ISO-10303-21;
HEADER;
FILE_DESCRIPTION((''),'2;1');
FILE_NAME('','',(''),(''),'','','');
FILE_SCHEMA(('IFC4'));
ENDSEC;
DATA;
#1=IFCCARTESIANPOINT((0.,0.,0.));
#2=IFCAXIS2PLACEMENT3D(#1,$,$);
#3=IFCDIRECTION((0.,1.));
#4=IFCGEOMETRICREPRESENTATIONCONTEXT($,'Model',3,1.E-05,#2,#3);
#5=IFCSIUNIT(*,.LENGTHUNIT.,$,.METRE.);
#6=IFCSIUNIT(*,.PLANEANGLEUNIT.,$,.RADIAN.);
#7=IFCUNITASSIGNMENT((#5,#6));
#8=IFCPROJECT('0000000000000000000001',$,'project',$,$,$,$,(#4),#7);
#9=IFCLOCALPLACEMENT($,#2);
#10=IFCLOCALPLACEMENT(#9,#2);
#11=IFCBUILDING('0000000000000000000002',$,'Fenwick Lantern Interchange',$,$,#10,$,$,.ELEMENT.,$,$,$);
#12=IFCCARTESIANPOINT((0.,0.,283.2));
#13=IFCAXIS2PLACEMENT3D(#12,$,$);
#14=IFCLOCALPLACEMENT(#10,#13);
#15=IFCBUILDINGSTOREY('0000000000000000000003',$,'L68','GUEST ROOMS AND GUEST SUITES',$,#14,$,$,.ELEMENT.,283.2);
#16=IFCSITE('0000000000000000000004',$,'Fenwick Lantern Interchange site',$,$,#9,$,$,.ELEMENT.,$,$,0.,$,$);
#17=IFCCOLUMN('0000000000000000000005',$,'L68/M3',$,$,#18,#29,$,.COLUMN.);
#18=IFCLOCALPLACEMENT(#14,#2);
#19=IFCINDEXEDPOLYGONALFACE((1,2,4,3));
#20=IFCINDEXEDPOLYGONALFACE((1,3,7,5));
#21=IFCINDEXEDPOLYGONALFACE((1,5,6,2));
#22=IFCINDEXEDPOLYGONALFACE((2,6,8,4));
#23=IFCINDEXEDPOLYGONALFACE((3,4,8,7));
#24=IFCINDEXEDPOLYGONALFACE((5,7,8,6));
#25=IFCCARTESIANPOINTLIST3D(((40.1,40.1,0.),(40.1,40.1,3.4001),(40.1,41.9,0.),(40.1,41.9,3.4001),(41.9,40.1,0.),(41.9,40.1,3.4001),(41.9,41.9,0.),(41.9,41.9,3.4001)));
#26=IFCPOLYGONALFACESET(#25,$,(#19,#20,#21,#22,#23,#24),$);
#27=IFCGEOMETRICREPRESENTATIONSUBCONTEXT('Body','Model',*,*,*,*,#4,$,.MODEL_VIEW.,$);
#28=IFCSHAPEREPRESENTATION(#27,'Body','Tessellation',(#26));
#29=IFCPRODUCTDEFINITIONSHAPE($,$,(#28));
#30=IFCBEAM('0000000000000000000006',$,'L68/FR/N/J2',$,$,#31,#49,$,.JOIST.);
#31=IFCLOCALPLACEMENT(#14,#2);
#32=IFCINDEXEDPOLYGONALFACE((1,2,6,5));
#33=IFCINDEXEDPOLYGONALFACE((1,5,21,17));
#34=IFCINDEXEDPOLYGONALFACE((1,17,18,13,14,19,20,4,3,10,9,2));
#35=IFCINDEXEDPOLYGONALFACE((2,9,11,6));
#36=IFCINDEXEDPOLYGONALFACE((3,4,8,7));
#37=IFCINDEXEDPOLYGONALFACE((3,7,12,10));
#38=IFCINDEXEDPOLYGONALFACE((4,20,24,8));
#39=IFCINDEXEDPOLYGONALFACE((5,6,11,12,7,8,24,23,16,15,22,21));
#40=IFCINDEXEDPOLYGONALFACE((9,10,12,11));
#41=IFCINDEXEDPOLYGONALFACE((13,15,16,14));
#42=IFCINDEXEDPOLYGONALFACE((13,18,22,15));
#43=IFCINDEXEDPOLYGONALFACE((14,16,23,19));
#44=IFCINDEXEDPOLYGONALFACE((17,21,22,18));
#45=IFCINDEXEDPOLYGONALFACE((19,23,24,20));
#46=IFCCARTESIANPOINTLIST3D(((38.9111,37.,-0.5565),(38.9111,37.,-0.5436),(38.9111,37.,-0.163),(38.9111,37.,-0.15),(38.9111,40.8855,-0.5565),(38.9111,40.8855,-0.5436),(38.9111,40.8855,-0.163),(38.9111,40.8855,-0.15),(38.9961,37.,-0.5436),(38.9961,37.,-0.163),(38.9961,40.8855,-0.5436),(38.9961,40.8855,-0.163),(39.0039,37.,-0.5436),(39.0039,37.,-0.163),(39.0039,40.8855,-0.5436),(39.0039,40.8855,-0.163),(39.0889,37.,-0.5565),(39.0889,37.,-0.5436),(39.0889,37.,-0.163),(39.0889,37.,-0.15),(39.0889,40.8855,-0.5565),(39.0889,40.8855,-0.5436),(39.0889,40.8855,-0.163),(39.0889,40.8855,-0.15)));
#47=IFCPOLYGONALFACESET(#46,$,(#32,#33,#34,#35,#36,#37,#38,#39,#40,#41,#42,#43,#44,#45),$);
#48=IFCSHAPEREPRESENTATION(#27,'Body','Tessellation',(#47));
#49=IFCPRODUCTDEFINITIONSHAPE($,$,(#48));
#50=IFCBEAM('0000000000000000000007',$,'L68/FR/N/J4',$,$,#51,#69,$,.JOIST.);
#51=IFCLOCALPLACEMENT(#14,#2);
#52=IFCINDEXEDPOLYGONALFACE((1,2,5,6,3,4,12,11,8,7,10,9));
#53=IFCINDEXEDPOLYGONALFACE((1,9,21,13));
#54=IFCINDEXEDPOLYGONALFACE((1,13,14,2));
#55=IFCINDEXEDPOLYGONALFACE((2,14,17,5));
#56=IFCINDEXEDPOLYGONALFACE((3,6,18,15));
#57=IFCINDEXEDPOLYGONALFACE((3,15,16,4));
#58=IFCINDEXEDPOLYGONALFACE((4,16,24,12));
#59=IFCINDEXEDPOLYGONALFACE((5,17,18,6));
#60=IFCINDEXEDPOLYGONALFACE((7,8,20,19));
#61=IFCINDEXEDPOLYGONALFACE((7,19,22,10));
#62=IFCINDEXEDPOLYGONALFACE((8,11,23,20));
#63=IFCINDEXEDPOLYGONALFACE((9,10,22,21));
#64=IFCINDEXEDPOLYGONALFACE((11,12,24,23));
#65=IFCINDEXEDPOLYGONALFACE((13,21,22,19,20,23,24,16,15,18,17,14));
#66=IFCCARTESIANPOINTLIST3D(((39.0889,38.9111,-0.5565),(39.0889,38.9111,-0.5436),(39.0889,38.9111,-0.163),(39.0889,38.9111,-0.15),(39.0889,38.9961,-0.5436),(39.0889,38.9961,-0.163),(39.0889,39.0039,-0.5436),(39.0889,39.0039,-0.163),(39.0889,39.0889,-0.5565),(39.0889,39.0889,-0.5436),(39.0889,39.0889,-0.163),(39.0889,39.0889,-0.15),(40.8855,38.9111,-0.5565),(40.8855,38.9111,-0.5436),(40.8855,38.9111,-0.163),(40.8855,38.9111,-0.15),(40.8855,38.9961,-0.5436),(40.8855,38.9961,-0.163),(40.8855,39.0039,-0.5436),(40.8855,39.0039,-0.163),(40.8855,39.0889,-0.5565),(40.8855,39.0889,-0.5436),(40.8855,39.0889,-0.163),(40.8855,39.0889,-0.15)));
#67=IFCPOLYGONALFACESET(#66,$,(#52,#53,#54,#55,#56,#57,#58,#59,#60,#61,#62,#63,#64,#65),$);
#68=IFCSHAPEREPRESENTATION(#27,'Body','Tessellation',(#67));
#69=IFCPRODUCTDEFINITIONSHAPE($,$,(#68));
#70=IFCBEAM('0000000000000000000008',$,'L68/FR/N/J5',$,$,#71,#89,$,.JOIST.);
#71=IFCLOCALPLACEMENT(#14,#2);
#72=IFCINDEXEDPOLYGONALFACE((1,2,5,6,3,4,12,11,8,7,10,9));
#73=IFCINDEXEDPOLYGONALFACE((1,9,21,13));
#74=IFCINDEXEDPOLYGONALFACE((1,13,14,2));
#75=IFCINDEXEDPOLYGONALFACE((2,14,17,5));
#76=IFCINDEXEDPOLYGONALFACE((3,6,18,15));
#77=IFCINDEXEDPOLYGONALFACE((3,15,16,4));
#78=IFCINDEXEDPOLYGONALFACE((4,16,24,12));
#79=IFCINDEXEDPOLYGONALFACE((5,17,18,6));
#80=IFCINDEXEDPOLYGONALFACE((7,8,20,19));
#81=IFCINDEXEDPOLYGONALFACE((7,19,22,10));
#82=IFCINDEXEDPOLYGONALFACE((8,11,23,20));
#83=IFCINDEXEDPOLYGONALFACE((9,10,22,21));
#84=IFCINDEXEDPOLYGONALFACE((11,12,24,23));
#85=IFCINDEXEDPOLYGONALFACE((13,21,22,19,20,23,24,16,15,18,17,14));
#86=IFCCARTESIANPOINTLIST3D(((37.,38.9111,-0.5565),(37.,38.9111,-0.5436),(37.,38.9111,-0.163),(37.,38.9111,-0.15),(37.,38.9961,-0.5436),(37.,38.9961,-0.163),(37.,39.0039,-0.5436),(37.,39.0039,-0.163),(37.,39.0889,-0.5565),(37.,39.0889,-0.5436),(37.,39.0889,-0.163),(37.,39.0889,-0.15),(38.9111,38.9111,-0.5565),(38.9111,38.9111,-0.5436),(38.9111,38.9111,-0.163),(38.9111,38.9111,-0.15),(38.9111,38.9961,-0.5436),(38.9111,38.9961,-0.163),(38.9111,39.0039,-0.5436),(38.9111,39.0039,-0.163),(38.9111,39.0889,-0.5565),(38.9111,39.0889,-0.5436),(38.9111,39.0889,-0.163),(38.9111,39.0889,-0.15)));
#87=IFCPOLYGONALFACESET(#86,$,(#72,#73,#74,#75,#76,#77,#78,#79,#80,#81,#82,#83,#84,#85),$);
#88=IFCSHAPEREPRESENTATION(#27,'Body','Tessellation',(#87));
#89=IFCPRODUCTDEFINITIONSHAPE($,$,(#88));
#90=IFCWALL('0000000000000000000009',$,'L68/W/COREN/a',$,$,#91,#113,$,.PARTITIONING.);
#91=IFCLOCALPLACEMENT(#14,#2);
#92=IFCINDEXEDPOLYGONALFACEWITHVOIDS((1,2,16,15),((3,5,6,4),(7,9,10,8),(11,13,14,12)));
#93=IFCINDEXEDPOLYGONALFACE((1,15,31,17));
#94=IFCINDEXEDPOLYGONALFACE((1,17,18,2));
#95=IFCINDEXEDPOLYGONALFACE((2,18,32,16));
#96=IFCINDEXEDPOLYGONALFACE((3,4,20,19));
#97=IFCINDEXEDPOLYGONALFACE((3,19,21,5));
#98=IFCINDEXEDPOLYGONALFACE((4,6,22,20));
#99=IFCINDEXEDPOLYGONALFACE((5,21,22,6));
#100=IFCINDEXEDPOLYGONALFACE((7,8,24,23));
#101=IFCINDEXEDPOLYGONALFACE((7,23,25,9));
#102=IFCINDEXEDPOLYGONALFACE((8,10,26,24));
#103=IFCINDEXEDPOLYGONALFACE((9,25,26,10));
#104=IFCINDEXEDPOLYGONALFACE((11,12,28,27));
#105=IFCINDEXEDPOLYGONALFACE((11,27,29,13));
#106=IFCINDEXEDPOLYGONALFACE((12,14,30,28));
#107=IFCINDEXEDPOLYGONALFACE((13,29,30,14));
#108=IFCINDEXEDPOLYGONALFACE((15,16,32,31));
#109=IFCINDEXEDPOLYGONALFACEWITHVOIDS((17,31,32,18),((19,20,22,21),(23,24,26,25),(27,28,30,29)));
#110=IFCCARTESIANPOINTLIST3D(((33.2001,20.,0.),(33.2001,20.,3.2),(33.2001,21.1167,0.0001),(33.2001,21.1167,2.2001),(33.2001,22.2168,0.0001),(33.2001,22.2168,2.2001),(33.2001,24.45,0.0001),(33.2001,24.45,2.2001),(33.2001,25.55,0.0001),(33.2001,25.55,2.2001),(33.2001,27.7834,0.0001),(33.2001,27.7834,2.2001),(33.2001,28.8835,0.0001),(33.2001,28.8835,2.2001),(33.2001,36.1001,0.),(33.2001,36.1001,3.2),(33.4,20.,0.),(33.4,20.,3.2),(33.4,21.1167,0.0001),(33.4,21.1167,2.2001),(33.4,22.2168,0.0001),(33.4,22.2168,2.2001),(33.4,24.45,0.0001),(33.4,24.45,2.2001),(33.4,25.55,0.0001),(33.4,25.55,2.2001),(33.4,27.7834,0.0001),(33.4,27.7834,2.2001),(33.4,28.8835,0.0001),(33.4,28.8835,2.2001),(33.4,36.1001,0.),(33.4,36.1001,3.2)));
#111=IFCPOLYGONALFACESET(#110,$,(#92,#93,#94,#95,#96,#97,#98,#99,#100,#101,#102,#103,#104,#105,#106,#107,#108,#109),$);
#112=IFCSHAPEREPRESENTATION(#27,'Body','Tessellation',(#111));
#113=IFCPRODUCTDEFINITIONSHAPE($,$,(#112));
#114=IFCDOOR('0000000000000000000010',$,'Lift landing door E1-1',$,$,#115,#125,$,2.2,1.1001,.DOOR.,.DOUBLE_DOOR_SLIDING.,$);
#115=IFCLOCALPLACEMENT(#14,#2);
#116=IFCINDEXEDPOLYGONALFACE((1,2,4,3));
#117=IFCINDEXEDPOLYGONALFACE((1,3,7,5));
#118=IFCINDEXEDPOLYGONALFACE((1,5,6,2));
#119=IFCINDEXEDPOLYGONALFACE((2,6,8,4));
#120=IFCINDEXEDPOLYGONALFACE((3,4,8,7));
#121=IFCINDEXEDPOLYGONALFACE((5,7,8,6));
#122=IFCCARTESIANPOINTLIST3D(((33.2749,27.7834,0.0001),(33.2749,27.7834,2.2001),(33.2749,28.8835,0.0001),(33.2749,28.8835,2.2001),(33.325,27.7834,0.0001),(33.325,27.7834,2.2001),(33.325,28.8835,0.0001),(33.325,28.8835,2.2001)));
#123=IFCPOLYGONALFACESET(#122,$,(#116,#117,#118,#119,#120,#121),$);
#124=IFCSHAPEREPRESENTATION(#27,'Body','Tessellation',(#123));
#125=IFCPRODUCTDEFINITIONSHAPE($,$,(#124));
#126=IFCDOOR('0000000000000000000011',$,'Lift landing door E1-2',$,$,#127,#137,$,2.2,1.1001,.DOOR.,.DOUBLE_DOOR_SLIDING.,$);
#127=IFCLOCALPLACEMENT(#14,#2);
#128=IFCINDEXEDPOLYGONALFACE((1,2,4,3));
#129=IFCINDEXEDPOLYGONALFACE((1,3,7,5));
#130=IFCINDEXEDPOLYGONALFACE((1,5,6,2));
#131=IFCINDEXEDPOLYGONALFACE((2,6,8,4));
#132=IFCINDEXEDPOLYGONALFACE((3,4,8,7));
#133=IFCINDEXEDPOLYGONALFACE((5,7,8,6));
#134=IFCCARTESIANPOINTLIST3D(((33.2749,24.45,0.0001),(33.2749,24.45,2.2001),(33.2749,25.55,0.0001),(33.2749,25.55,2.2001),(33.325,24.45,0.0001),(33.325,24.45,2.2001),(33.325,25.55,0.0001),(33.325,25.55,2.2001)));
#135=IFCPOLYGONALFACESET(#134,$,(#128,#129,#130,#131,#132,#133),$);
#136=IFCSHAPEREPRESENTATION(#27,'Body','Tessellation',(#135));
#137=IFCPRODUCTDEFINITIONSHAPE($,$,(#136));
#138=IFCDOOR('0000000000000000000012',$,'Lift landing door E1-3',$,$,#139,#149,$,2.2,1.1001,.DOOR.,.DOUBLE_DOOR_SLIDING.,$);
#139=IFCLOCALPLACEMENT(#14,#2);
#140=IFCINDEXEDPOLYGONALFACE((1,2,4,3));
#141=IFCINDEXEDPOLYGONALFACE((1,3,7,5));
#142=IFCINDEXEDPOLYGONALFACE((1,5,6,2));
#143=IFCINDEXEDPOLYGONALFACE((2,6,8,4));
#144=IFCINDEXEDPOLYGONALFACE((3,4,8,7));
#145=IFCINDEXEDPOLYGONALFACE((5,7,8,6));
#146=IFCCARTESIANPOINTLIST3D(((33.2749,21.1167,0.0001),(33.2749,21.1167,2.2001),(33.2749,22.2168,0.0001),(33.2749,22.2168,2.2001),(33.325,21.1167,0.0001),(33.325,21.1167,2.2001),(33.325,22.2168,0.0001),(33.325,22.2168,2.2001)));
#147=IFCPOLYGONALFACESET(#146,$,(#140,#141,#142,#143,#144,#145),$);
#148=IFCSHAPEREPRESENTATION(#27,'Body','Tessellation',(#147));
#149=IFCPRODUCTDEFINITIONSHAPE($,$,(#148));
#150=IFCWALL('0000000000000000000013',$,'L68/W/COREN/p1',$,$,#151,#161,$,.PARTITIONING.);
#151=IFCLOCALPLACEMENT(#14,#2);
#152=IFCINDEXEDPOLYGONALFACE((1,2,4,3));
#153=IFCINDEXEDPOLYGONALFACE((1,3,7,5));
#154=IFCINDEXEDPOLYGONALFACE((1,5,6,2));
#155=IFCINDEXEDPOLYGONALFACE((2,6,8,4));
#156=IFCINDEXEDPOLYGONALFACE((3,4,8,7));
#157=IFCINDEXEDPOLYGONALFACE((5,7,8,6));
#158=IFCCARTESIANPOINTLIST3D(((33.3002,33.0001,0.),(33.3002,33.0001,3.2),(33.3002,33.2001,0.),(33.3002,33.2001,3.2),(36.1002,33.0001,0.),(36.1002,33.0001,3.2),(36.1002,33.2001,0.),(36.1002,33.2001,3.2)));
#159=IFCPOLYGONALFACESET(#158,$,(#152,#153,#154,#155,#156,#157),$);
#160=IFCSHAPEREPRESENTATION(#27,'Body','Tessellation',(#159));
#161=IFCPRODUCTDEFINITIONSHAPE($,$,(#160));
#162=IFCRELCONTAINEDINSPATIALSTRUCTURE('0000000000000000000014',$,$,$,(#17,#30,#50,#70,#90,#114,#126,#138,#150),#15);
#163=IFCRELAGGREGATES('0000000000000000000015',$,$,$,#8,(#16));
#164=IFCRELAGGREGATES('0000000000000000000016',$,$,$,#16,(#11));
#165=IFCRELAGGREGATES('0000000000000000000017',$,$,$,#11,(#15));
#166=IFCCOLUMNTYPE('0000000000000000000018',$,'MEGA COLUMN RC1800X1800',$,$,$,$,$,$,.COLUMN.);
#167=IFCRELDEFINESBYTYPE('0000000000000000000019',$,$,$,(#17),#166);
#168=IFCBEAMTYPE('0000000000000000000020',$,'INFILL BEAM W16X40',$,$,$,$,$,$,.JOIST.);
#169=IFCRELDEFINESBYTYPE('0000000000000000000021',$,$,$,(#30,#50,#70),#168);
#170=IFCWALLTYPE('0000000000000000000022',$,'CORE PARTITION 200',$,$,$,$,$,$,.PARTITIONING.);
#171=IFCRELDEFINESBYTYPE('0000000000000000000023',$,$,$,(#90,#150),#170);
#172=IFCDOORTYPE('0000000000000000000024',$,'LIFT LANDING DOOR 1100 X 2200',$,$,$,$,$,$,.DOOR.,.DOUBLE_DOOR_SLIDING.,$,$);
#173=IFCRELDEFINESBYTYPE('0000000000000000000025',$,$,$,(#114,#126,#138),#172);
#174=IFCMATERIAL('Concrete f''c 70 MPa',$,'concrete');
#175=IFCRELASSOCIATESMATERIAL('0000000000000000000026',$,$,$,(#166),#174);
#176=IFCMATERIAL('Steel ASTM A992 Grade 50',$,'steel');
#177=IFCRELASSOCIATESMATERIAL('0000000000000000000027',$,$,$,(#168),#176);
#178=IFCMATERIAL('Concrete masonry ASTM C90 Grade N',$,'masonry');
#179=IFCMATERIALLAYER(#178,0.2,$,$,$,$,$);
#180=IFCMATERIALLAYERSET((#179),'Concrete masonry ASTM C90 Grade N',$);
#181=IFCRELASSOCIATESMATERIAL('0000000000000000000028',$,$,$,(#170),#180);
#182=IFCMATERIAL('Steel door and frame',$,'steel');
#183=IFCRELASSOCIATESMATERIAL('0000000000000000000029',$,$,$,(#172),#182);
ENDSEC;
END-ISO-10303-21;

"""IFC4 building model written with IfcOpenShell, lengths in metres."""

from ifc_helpers import new_model, si_unit, direction, frame, frame_2d, origin, origin_2d, place, context, subcontext, project, spatial, rectangle, i_section, extrude, material, layer, layer_set, material_profile, profile_set, type_object, element, fill, save


model = new_model("IFC4")

# Units and contexts
model_context = context("Model", 3, precision=1e-05, world=origin(), true_north=direction((0.0, 1.0)))
body_context = subcontext(model_context, "Body", "Model", "MODEL_VIEW")
ifc_project = project(units=[si_unit("LENGTHUNIT", "METRE"), si_unit("PLANEANGLEUNIT", "RADIAN")], contexts=[model_context])

# Site, building, storey
site_placement = place(None, origin())
site = spatial("IfcSite", under=ifc_project, at=site_placement, Name="Fenwick Lantern Interchange site", CompositionType="ELEMENT", RefElevation=0.0)
building_placement = place(site_placement, origin())
building = spatial("IfcBuilding", under=site, at=building_placement, Name="Fenwick Lantern Interchange", CompositionType="ELEMENT")
storey_placement = place(building_placement, frame((0.0, 0.0, 283.2)))
storey = spatial("IfcBuildingStorey", under=building, at=storey_placement, Name="L68", Description="GUEST ROOMS AND GUEST SUITES", CompositionType="ELEMENT", Elevation=283.2)

# Column
ifc_material_1 = material(Name="Concrete f'c 70 MPa", Category="concrete")
ifc_material_profile_1 = material_profile(ifc_material_1, rectangle(XDim=1.8, YDim=1.8, at=origin_2d()), Name="RC1800X1800")
ifc_profile_set_1 = profile_set([ifc_material_profile_1], Name="Concrete f'c 70 MPa")
column_type = type_object("IfcColumnType", Name="MEGA COLUMN RC1800X1800", PredefinedType="COLUMN", material=ifc_profile_set_1)
column_placement = place(storey_placement, frame((41.0, 41.0, 0.0), z_axis=(0.0, 0.0, 1.0), x_axis=(1.0, 0.0, 0.0)))
element("IfcColumn", 1, at=column_placement, inside=storey, type_object=column_type, Name="L68/M3", PredefinedType="COLUMN", context=body_context, shape_type="SweptSolid", body=[
    extrude(rectangle(XDim=1.8, YDim=1.8, at=origin_2d()), origin(), (0.0, 0.0, 1.0), 3.4001),
])

# Beams
ifc_material_2 = material(Name="Steel ASTM A992 Grade 50", Category="steel")
ifc_material_profile_2 = material_profile(ifc_material_2, i_section(OverallWidth=0.1777, OverallDepth=0.4065, WebThickness=0.0078, FlangeThickness=0.0129, at=origin_2d()), Name="W16X40")
ifc_profile_set_2 = profile_set([ifc_material_profile_2], Name="Steel ASTM A992 Grade 50")
beam_type = type_object("IfcBeamType", Name="INFILL BEAM W16X40", PredefinedType="JOIST", material=ifc_profile_set_2)
beam_1_placement = place(storey_placement, frame((39.0, 40.8855, -0.3533), z_axis=(0.0, -1.0, 0.0), x_axis=(1.0, 0.0, 0.0)))
element("IfcBeam", 2, at=beam_1_placement, inside=storey, type_object=beam_type, Name="L68/FR/N/J2", PredefinedType="JOIST", context=body_context, shape_type="SweptSolid", body=[
    extrude(i_section(OverallWidth=0.1777, OverallDepth=0.4065, WebThickness=0.0078, FlangeThickness=0.0129, at=origin_2d()), origin(), (0.0, 0.0, 1.0), 3.8855),
])
beam_2_placement = place(storey_placement, frame((40.8855, 39.0, -0.3533), z_axis=(-1.0, 0.0, 0.0), x_axis=(0.0, -1.0, 0.0)))
element("IfcBeam", 3, at=beam_2_placement, inside=storey, type_object=beam_type, Name="L68/FR/N/J4", PredefinedType="JOIST", context=body_context, shape_type="SweptSolid", body=[
    extrude(i_section(OverallWidth=0.1777, OverallDepth=0.4065, WebThickness=0.0078, FlangeThickness=0.0129, at=origin_2d()), origin(), (0.0, 0.0, 1.0), 1.7966),
])
beam_3_placement = place(storey_placement, frame((38.9111, 39.0, -0.3533), z_axis=(-1.0, 0.0, 0.0), x_axis=(0.0, -1.0, 0.0)))
element("IfcBeam", 4, at=beam_3_placement, inside=storey, type_object=beam_type, Name="L68/FR/N/J5", PredefinedType="JOIST", context=body_context, shape_type="SweptSolid", body=[
    extrude(i_section(OverallWidth=0.1777, OverallDepth=0.4065, WebThickness=0.0078, FlangeThickness=0.0129, at=origin_2d()), origin(), (0.0, 0.0, 1.0), 1.9111),
])

# Wall, openings, doors
ifc_material_3 = material(Name="Concrete masonry ASTM C90 Grade N", Category="masonry")
ifc_layer_1 = layer(ifc_material_3, 0.2)
ifc_layer_set_1 = layer_set([ifc_layer_1], Name="Concrete masonry ASTM C90 Grade N")
wall_type_1 = type_object("IfcWallType", Name="CORE PARTITION 200", PredefinedType="PARTITIONING", material=ifc_layer_set_1)
wall_1_placement = place(storey_placement, frame((33.3, 36.1001, 0.0), z_axis=(0.0, 0.0, 1.0), x_axis=(0.0, -1.0, 0.0)))
wall_1 = element("IfcWall", 5, at=wall_1_placement, inside=storey, type_object=wall_type_1, Name="L68/W/COREN/a", PredefinedType="PARTITIONING", context=body_context, shape_type="SweptSolid", body=[
    extrude(rectangle(XDim=16.1001, YDim=0.2, at=frame_2d((8.05, 0.0))), origin(), (0.0, 0.0, 1.0), 3.2),
])
opening_1_placement = place(wall_1_placement, frame((7.2166, 0.0, 0.0)))
opening_1 = element("IfcOpeningElement", 6, at=opening_1_placement, cuts=wall_1, PredefinedType="OPENING", context=body_context, shape_type="SweptSolid", body=[
    extrude(rectangle(XDim=1.1001, YDim=2.2, at=frame_2d((0.55, 1.1001))), frame((0.0, 0.1099, 0.0), z_axis=(0.0, -1.0, 0.0), x_axis=(1.0, 0.0, 0.0)), (0.0, 0.0, 1.0), 0.22),
])
opening_2_placement = place(wall_1_placement, frame((10.55, 0.0, 0.0)))
opening_2 = element("IfcOpeningElement", 7, at=opening_2_placement, cuts=wall_1, PredefinedType="OPENING", context=body_context, shape_type="SweptSolid", body=[
    extrude(rectangle(XDim=1.1001, YDim=2.2, at=frame_2d((0.55, 1.1001))), frame((0.0, 0.1099, 0.0), z_axis=(0.0, -1.0, 0.0), x_axis=(1.0, 0.0, 0.0)), (0.0, 0.0, 1.0), 0.22),
])
opening_3_placement = place(wall_1_placement, frame((13.8833, 0.0, 0.0)))
opening_3 = element("IfcOpeningElement", 8, at=opening_3_placement, cuts=wall_1, PredefinedType="OPENING", context=body_context, shape_type="SweptSolid", body=[
    extrude(rectangle(XDim=1.1001, YDim=2.2, at=frame_2d((0.55, 1.1001))), frame((0.0, 0.1099, 0.0), z_axis=(0.0, -1.0, 0.0), x_axis=(1.0, 0.0, 0.0)), (0.0, 0.0, 1.0), 0.22),
])
ifc_material_4 = material(Name="Steel door and frame", Category="steel")
door_type_1 = type_object("IfcDoorType", Name="LIFT LANDING DOOR 1100 X 2200", OperationType="DOUBLE_DOOR_SLIDING", PredefinedType="DOOR", material=ifc_material_4)
door_1_placement = place(opening_1_placement, origin())
door_1 = element("IfcDoor", 9, at=door_1_placement, inside=storey, type_object=door_type_1, Name="Lift landing door E1-1", OperationType="DOUBLE_DOOR_SLIDING", OverallHeight=2.2, OverallWidth=1.1001, PredefinedType="DOOR", context=body_context, shape_type="SweptSolid", body=[
    extrude(rectangle(XDim=1.1001, YDim=2.2, at=frame_2d((0.55, 1.1001))), frame((0.0, 0.0249, 0.0), z_axis=(0.0, -1.0, 0.0), x_axis=(1.0, 0.0, 0.0)), (0.0, 0.0, 1.0), 0.05),
])
fill(opening_1, door_1)
door_2_placement = place(opening_2_placement, origin())
door_2 = element("IfcDoor", 10, at=door_2_placement, inside=storey, type_object=door_type_1, Name="Lift landing door E1-2", OperationType="DOUBLE_DOOR_SLIDING", OverallHeight=2.2, OverallWidth=1.1001, PredefinedType="DOOR", context=body_context, shape_type="SweptSolid", body=[
    extrude(rectangle(XDim=1.1001, YDim=2.2, at=frame_2d((0.55, 1.1001))), frame((0.0, 0.0249, 0.0), z_axis=(0.0, -1.0, 0.0), x_axis=(1.0, 0.0, 0.0)), (0.0, 0.0, 1.0), 0.05),
])
fill(opening_2, door_2)
door_3_placement = place(opening_3_placement, origin())
door_3 = element("IfcDoor", 11, at=door_3_placement, inside=storey, type_object=door_type_1, Name="Lift landing door E1-3", OperationType="DOUBLE_DOOR_SLIDING", OverallHeight=2.2, OverallWidth=1.1001, PredefinedType="DOOR", context=body_context, shape_type="SweptSolid", body=[
    extrude(rectangle(XDim=1.1001, YDim=2.2, at=frame_2d((0.55, 1.1001))), frame((0.0, 0.0249, 0.0), z_axis=(0.0, -1.0, 0.0), x_axis=(1.0, 0.0, 0.0)), (0.0, 0.0, 1.0), 0.05),
])
fill(opening_3, door_3)

# Wall
wall_2_placement = place(storey_placement, frame((36.1001, 33.1001, 0.0), z_axis=(0.0, 0.0, 1.0), x_axis=(-1.0, 0.0, 0.0)))
element("IfcWall", 12, at=wall_2_placement, inside=storey, type_object=wall_type_1, Name="L68/W/COREN/p1", PredefinedType="PARTITIONING", context=body_context, shape_type="SweptSolid", body=[
    extrude(rectangle(XDim=2.8, YDim=0.2, at=frame_2d((1.3999, 0.0))), origin(), (0.0, 0.0, 1.0), 3.2),
])

save(model, "model.ifc")
